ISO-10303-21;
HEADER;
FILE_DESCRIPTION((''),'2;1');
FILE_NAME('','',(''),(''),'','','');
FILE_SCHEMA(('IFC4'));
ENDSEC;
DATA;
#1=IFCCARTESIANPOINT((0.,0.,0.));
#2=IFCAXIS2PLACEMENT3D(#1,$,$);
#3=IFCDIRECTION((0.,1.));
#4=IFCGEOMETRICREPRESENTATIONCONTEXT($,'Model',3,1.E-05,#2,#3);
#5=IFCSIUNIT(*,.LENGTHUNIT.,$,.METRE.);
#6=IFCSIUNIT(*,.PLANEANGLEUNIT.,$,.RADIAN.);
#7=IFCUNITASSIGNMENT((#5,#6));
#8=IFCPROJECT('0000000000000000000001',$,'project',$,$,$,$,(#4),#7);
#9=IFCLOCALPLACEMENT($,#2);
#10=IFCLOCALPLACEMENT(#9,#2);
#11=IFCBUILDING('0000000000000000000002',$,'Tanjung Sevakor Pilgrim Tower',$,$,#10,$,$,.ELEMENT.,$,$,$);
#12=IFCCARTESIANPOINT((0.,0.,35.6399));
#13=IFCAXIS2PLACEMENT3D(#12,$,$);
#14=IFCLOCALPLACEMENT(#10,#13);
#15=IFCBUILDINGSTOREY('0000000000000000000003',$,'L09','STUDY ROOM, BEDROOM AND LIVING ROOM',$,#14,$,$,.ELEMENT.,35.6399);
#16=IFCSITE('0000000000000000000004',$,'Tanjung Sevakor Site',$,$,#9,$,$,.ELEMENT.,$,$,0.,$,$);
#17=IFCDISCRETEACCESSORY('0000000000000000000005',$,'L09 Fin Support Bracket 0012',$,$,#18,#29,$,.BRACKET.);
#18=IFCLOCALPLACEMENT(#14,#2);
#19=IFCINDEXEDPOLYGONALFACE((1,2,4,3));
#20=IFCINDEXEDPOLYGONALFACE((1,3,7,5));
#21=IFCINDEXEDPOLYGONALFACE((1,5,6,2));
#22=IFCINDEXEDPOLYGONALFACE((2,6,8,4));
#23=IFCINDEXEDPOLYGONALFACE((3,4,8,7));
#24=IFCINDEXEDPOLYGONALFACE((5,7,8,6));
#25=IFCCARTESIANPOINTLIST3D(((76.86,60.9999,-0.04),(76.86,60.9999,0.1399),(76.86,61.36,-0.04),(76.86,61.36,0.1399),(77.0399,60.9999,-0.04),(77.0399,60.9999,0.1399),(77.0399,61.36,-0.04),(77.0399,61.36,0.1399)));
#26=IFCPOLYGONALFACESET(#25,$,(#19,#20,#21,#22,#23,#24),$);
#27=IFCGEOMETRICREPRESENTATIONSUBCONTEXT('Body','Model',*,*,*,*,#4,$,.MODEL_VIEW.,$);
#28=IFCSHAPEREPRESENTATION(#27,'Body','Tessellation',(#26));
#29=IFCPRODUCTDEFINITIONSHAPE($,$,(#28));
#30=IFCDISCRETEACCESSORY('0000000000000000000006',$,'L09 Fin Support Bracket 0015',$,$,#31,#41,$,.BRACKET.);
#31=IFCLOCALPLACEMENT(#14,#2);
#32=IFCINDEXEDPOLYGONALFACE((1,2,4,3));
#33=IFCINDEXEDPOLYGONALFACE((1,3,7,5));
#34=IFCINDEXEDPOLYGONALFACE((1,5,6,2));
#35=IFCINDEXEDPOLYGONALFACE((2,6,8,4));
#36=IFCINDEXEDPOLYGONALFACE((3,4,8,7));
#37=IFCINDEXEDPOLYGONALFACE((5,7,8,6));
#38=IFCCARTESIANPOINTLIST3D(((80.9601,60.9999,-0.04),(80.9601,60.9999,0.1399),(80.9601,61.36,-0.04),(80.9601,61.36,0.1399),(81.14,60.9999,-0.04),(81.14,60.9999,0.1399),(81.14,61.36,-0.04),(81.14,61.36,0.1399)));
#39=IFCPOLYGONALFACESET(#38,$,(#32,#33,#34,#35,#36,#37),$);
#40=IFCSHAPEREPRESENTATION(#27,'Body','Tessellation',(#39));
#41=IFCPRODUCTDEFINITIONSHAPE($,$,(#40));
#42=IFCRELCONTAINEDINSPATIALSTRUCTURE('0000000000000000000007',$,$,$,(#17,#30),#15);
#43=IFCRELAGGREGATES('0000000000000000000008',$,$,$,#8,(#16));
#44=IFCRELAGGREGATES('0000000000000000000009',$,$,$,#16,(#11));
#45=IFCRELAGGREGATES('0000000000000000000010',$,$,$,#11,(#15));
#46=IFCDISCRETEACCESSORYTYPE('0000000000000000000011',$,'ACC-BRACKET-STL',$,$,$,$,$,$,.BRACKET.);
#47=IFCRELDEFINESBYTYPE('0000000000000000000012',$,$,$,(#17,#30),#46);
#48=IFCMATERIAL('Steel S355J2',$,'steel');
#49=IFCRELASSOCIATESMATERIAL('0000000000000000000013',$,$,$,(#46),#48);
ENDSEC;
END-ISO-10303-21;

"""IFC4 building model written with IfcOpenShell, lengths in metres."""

from ifc_helpers import new_model, si_unit, direction, frame, origin, origin_2d, place, context, subcontext, project, spatial, rectangle, extrude, material, type_object, element, save


model = new_model("IFC4")

# Units and contexts
model_context = context("Model", 3, precision=1e-05, world=origin(), true_north=direction((0.0, 1.0)))
body_context = subcontext(model_context, "Body", "Model", "MODEL_VIEW")
ifc_project = project(units=[si_unit("LENGTHUNIT", "METRE"), si_unit("PLANEANGLEUNIT", "RADIAN")], contexts=[model_context])

# Site, building, storey
site_placement = place(None, origin())
site = spatial("IfcSite", under=ifc_project, at=site_placement, Name="Tanjung Sevakor Site", CompositionType="ELEMENT", RefElevation=0.0)
building_placement = place(site_placement, origin())
building = spatial("IfcBuilding", under=site, at=building_placement, Name="Tanjung Sevakor Pilgrim Tower", CompositionType="ELEMENT")
storey_placement = place(building_placement, frame((0.0, 0.0, 35.6399)))
storey = spatial("IfcBuildingStorey", under=building, at=storey_placement, Name="L09", Description="STUDY ROOM, BEDROOM AND LIVING ROOM", CompositionType="ELEMENT", Elevation=35.6399)

# Discrete accessories
ifc_material_1 = material(Name="Steel S355J2", Category="steel")
discrete_accessory_type = type_object("IfcDiscreteAccessoryType", Name="ACC-BRACKET-STL", PredefinedType="BRACKET", material=ifc_material_1)
for number, where, z_axis, x_axis, name in (
    (1, (76.95, 61.1799, -0.04), (0.0, 0.0, 1.0), (1.0, 0.0, 0.0), "L09 Fin Support Bracket 0012"),
    (2, (81.05, 61.1799, -0.04), (0.0, 0.0, 1.0), (1.0, 0.0, 0.0), "L09 Fin Support Bracket 0015"),
):
    element("IfcDiscreteAccessory", number, at=place(storey_placement, frame(where, z_axis=z_axis, x_axis=x_axis)), inside=storey, type_object=discrete_accessory_type, Name=name, PredefinedType="BRACKET", context=body_context, shape_type="SweptSolid", body=[
        extrude(rectangle(XDim=0.1799, YDim=0.3601, at=origin_2d()), origin(), (0.0, 0.0, 1.0), 0.1799),
    ])

save(model, "model.ifc")
